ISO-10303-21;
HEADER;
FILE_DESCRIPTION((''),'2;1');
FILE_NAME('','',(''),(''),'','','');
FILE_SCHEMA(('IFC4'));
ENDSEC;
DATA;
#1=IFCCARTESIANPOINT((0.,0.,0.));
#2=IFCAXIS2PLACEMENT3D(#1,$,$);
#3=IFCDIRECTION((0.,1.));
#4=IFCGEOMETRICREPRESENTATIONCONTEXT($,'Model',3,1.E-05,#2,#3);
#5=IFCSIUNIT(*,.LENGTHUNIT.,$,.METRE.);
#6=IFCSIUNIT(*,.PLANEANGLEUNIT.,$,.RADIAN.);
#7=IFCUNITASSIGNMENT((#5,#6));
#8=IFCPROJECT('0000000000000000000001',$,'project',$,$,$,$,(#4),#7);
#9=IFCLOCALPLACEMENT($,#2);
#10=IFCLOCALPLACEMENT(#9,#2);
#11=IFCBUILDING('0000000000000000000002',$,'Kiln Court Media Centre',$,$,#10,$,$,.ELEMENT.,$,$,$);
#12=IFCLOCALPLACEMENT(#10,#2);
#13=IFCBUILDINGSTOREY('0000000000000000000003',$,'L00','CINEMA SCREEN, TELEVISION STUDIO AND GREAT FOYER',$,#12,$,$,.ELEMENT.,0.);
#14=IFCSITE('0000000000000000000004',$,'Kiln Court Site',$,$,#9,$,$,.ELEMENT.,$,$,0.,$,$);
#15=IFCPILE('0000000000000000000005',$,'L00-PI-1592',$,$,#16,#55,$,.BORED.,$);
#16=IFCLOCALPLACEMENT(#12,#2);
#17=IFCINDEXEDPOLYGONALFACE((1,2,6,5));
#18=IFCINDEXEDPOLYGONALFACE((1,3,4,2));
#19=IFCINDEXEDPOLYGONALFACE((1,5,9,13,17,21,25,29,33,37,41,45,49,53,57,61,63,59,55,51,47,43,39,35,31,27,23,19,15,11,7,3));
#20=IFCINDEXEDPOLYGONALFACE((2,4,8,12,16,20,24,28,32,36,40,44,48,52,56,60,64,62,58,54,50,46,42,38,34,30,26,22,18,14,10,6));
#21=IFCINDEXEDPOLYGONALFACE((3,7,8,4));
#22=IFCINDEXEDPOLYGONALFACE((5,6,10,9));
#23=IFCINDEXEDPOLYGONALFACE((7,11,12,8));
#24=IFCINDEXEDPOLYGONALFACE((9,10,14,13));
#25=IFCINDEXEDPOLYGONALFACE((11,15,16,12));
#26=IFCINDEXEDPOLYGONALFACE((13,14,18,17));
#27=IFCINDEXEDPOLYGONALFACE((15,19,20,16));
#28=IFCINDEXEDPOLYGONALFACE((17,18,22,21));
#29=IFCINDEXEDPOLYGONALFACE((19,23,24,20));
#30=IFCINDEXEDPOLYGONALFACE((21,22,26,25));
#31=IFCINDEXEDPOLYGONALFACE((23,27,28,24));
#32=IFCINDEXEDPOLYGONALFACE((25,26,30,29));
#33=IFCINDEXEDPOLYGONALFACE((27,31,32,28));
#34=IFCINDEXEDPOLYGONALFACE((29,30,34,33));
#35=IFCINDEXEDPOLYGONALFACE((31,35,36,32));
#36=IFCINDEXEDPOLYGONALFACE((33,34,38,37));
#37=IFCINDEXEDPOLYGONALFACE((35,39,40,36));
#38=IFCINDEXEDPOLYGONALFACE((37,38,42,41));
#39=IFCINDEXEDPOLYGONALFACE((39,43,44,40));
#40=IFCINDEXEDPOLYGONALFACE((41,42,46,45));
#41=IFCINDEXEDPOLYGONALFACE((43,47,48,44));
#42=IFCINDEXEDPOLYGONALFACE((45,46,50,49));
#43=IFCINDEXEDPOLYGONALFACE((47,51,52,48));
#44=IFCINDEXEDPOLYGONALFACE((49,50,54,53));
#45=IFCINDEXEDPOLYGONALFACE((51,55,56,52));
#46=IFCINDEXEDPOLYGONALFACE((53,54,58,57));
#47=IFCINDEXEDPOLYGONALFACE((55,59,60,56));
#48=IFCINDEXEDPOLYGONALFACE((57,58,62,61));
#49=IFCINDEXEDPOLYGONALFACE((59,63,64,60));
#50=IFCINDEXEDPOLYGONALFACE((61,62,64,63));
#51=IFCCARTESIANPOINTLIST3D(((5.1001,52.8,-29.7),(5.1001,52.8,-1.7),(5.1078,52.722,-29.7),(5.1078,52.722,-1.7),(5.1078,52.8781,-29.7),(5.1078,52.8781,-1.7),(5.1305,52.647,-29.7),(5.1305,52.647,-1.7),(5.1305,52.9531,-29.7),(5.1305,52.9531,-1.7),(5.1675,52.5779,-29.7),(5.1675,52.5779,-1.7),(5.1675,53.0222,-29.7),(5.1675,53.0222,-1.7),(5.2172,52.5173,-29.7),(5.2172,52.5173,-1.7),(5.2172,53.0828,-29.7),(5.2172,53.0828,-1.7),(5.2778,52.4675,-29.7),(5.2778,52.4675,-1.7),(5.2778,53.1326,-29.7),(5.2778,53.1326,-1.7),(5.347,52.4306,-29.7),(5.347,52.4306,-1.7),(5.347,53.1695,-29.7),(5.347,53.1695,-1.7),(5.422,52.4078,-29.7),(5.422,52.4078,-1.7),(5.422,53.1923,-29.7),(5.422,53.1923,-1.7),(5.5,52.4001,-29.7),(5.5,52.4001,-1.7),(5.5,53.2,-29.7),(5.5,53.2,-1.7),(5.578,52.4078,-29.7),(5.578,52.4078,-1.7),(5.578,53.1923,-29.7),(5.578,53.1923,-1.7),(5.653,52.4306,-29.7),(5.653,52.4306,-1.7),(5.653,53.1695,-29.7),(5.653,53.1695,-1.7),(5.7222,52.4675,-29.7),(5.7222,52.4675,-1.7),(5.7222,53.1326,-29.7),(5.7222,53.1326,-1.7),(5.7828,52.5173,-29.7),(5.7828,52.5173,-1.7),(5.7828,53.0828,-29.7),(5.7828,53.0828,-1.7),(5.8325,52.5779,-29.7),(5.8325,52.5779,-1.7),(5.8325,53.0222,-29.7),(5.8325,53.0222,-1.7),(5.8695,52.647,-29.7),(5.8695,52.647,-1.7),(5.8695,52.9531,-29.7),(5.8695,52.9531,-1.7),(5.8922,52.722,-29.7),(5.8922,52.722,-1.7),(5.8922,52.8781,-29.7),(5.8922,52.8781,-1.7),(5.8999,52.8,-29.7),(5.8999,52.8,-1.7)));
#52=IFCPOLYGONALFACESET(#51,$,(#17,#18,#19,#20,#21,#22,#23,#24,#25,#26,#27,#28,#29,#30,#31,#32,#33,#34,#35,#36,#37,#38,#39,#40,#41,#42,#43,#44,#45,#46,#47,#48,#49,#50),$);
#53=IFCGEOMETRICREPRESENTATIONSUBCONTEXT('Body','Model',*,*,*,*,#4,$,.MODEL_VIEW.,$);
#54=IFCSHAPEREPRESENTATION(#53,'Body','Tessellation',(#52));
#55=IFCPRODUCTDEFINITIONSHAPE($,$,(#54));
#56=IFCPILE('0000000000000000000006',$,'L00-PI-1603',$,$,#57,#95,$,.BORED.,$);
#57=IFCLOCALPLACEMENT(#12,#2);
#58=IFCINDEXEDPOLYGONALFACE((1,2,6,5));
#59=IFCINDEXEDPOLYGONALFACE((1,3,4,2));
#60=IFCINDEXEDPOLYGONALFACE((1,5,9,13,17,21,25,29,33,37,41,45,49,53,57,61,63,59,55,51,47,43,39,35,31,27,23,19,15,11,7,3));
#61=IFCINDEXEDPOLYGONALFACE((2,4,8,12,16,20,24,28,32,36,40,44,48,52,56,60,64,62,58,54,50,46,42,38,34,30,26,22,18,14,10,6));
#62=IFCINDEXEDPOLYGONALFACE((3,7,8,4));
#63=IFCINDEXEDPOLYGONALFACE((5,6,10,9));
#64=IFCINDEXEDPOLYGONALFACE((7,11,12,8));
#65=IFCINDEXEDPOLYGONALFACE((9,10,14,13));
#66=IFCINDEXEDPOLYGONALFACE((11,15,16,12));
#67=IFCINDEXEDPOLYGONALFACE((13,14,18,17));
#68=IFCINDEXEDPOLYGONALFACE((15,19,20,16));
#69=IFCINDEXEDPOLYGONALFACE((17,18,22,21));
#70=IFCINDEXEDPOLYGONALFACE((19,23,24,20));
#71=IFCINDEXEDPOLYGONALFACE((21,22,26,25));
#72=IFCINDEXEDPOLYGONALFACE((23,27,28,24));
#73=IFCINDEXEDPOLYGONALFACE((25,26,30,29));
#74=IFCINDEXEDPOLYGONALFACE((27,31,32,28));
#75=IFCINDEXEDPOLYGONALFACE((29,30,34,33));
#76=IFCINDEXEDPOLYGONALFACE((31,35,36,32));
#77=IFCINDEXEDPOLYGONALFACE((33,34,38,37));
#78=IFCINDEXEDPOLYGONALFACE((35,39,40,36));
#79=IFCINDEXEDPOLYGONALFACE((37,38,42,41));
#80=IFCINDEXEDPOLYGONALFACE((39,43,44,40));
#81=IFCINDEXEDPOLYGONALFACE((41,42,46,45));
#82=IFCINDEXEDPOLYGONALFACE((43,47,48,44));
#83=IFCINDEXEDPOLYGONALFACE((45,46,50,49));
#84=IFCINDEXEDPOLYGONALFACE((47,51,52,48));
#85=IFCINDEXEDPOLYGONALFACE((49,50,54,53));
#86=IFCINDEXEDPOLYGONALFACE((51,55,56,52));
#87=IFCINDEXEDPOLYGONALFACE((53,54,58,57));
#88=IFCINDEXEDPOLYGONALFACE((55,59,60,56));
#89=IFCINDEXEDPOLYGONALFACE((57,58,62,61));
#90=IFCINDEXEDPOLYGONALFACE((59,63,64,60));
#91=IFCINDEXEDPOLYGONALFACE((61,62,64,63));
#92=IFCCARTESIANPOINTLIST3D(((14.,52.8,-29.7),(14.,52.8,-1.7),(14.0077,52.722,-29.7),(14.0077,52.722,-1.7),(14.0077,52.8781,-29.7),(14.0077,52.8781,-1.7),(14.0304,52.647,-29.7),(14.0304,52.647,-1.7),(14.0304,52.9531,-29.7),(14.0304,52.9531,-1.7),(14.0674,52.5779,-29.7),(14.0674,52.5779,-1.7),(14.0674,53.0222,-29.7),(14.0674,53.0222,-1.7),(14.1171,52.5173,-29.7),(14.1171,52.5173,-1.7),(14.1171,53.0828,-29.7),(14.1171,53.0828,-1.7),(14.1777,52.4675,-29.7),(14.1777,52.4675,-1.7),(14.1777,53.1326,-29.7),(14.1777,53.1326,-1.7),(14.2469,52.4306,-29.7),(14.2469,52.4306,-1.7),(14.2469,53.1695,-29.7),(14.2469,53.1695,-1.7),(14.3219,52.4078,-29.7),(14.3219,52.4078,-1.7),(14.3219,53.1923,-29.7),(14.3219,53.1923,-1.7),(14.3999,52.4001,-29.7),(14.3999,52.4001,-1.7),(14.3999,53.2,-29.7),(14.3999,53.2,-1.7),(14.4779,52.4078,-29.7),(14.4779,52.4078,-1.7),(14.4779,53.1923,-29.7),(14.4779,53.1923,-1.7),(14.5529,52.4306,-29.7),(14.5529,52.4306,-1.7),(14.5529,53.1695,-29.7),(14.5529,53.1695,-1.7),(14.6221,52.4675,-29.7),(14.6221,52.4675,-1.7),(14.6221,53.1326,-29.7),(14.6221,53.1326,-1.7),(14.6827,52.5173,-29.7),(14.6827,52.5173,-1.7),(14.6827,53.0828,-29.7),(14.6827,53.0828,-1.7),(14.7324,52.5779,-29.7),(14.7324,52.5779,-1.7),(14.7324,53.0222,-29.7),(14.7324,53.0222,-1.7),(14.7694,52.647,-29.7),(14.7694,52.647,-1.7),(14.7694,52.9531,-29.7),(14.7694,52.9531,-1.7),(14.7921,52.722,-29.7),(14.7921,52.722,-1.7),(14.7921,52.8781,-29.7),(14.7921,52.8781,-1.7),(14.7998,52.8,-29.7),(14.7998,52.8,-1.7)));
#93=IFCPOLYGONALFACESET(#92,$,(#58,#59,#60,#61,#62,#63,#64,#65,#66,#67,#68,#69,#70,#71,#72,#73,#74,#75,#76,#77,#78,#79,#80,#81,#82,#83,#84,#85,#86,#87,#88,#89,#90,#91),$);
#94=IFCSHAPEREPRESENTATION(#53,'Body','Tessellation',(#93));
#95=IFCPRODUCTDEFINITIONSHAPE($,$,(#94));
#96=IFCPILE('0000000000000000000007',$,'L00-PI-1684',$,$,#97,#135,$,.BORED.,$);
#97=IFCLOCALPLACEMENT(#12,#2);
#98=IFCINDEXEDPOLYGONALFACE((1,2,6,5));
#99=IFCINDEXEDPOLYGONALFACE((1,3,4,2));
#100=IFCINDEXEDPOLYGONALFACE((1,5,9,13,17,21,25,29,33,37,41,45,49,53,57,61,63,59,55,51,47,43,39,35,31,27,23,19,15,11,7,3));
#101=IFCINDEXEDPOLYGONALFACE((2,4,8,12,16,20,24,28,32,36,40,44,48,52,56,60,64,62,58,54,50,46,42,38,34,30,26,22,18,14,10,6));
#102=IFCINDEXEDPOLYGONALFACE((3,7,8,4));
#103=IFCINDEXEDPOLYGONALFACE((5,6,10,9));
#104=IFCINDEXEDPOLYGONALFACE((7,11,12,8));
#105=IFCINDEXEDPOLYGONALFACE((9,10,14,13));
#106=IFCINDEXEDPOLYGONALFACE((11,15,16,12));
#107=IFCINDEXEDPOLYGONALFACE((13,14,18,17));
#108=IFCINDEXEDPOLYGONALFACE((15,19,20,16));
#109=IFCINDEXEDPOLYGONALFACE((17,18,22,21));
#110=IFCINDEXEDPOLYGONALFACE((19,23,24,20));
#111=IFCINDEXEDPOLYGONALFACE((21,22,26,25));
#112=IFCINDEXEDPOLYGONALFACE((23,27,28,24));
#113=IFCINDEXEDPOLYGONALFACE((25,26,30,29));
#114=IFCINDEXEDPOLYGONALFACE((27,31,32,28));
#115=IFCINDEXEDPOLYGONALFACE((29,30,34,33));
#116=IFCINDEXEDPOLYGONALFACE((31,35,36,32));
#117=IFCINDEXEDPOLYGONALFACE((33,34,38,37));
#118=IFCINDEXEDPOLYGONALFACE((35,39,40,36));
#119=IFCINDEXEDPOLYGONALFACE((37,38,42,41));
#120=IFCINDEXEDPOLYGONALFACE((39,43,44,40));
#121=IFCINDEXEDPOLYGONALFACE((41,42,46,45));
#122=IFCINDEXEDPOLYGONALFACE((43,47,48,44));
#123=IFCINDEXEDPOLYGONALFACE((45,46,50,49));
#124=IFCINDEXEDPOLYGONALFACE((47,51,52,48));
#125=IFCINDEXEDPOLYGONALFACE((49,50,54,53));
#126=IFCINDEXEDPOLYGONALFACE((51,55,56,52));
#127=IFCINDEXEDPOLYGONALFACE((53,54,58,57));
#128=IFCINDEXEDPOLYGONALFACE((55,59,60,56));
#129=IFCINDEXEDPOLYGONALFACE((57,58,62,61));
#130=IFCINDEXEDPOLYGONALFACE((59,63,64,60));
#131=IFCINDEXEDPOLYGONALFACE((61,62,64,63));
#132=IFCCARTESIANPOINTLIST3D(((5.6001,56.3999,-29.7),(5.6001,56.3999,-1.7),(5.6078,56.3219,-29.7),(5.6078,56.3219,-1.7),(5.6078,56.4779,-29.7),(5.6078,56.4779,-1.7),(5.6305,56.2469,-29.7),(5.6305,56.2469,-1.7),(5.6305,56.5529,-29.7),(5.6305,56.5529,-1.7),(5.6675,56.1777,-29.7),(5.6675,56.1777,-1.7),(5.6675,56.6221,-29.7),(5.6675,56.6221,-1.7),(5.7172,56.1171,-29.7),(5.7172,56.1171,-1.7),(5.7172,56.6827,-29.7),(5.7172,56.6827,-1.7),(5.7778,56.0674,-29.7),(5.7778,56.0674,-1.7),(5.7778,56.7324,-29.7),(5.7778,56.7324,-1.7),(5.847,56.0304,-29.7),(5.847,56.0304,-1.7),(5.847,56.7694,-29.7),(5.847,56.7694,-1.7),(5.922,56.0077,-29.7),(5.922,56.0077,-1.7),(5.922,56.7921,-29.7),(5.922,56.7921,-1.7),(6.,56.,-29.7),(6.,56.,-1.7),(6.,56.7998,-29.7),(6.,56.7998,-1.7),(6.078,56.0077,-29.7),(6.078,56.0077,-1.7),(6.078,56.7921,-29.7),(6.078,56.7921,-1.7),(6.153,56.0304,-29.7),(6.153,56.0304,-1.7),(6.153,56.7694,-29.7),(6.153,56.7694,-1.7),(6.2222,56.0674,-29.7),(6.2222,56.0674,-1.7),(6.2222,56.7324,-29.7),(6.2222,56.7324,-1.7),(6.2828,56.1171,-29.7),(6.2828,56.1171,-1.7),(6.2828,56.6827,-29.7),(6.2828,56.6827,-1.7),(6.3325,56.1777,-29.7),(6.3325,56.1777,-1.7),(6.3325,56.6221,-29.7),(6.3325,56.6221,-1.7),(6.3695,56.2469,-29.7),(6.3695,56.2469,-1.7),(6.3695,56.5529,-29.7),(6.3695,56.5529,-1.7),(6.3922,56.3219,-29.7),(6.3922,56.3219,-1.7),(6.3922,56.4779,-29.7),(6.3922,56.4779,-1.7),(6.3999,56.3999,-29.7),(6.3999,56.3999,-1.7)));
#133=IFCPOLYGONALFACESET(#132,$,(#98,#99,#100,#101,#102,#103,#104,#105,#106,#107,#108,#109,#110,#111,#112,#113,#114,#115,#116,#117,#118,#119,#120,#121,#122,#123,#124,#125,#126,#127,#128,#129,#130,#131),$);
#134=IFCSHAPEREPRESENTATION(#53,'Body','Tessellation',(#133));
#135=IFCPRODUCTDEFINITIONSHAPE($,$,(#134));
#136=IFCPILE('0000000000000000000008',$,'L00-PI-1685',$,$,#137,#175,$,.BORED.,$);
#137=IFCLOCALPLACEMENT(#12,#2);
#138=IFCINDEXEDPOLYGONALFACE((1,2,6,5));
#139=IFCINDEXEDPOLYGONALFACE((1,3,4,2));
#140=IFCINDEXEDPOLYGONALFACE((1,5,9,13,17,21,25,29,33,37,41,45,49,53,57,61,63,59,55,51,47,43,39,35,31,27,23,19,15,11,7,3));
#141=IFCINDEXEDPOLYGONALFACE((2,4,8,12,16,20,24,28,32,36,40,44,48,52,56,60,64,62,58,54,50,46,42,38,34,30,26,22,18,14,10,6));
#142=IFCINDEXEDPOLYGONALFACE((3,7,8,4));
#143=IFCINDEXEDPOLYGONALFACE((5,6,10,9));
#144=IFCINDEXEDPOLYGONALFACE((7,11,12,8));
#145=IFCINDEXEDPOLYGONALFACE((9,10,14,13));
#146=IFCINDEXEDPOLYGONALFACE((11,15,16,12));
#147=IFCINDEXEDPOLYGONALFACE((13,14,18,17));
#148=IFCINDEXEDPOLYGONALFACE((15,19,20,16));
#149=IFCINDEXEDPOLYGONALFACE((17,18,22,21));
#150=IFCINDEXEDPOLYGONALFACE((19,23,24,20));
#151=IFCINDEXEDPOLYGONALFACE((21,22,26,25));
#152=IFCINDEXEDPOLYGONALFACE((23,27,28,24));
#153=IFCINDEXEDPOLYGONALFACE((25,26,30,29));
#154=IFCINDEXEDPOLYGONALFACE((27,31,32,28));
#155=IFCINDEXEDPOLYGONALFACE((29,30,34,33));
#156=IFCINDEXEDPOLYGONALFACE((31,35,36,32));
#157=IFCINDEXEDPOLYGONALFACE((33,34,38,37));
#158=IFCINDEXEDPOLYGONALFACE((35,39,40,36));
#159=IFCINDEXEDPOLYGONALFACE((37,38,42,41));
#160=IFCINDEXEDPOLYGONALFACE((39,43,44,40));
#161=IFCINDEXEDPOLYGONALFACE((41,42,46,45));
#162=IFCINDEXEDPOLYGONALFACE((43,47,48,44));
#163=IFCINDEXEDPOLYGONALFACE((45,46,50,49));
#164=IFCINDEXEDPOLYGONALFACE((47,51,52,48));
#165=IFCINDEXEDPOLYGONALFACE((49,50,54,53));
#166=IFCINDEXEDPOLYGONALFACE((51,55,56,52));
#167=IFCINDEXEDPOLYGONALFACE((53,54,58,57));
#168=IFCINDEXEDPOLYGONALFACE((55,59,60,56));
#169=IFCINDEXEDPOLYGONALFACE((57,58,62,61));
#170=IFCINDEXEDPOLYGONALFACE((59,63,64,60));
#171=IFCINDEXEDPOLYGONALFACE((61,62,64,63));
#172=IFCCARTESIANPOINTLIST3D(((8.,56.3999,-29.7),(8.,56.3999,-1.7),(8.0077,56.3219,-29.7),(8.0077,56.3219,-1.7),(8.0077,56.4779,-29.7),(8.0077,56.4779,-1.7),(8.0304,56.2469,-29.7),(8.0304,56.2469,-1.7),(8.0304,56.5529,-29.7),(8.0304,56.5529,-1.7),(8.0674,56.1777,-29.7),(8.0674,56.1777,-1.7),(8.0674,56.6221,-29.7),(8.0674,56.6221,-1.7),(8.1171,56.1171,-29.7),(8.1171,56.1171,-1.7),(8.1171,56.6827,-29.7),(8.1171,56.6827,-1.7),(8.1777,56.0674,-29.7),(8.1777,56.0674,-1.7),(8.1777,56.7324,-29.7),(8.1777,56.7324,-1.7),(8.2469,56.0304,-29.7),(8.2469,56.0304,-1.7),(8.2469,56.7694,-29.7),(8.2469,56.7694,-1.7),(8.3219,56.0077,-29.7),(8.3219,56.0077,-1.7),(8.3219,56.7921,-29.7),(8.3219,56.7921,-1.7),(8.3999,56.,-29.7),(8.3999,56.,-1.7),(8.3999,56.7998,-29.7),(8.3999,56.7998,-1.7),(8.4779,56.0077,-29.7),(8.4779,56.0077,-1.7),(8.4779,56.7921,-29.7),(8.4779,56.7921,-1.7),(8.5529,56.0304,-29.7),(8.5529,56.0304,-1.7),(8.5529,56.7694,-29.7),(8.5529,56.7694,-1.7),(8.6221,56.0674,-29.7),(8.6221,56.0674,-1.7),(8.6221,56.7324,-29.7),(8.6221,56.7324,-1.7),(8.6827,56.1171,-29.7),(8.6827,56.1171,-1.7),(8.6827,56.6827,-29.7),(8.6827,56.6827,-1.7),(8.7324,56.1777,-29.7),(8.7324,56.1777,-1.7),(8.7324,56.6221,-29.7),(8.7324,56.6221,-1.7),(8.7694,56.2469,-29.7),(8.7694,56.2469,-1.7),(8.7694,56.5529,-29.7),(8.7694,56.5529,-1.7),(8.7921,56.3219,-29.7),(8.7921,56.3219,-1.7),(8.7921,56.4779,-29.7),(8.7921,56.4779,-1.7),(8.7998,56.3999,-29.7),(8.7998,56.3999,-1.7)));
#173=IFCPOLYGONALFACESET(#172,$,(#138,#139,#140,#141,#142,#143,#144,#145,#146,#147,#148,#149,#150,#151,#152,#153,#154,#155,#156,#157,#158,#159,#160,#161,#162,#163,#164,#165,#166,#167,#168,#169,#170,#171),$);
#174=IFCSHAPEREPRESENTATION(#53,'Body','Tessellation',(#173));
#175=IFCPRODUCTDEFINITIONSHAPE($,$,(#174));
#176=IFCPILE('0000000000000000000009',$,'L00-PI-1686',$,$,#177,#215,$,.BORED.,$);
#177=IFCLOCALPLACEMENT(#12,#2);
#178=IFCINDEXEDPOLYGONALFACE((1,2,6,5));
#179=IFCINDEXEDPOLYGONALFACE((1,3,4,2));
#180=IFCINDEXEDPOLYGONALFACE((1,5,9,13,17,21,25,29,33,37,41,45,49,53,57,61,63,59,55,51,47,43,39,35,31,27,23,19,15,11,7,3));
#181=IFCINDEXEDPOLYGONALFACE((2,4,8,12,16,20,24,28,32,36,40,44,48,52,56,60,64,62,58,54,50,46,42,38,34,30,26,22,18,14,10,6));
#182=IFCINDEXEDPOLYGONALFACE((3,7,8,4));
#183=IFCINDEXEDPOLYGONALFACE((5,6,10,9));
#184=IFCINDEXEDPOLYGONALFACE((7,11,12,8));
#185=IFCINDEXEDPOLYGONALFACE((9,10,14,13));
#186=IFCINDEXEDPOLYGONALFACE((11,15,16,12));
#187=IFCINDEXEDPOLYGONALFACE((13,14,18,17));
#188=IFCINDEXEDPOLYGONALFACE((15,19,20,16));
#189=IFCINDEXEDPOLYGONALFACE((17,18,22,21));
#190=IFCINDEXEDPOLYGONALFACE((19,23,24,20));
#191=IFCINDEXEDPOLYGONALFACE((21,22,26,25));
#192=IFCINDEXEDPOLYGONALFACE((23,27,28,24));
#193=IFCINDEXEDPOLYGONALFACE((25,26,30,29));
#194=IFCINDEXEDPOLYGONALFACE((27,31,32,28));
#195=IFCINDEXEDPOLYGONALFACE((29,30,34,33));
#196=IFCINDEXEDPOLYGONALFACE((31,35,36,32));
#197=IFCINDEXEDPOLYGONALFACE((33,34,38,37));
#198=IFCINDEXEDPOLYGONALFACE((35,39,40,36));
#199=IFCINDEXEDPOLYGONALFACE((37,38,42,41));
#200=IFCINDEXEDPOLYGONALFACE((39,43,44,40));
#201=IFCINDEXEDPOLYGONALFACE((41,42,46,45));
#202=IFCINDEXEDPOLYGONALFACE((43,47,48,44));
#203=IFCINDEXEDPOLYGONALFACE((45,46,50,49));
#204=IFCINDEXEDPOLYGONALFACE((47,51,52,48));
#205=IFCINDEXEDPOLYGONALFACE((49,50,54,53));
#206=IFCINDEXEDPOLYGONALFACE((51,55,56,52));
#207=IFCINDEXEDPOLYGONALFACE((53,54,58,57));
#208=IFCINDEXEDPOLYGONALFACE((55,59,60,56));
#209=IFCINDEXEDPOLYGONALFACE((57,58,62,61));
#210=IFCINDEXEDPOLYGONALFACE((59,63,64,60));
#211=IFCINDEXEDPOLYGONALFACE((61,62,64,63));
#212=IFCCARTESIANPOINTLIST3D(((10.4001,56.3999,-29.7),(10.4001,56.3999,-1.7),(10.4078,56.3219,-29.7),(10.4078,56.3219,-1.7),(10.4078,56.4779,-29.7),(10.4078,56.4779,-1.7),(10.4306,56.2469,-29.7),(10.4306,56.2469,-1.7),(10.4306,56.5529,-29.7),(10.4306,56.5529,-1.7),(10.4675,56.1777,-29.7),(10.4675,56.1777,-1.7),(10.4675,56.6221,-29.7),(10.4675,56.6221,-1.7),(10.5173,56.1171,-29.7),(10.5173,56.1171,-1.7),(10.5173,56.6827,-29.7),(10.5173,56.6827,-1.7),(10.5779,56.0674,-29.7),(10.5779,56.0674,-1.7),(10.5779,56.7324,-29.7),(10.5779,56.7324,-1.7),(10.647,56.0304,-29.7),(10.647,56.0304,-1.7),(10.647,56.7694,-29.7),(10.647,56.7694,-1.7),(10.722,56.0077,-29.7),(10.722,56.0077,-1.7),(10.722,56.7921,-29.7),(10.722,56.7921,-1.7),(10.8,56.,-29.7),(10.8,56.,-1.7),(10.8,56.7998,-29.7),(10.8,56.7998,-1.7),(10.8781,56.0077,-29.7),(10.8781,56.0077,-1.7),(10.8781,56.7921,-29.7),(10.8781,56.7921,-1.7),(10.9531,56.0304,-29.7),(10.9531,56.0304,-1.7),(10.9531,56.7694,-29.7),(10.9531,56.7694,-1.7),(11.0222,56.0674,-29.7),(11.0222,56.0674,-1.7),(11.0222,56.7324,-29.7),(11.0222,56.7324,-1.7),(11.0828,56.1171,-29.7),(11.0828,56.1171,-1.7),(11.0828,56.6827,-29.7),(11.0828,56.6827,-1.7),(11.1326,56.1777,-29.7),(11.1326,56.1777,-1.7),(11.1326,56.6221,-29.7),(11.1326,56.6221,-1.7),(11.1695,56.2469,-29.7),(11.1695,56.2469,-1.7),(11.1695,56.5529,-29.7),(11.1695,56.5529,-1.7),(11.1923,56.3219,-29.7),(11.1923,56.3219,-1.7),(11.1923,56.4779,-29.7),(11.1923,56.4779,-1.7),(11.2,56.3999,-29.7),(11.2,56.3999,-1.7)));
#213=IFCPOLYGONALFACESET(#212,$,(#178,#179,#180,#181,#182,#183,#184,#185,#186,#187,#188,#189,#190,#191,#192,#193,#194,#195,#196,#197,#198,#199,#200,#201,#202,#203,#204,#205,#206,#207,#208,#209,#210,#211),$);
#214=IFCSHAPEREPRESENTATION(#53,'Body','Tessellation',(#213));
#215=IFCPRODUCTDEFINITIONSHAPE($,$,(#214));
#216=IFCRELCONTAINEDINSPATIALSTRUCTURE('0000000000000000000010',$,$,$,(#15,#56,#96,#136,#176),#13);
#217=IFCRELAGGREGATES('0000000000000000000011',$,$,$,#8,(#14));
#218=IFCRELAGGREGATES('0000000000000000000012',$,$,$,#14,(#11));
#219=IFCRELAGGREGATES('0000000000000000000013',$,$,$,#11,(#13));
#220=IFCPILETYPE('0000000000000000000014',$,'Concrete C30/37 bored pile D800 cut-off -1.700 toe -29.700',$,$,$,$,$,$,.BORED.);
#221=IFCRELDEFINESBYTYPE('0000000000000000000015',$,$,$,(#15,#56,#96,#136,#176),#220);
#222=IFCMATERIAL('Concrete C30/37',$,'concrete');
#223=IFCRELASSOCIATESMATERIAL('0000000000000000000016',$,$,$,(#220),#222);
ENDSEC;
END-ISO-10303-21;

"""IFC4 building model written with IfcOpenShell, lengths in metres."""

from ifc_helpers import new_model, si_unit, direction, frame, origin, origin_2d, place, context, subcontext, project, spatial, circle, extrude, material, material_profile, profile_set, type_object, element, save


model = new_model("IFC4")

# Units and contexts
model_context = context("Model", 3, precision=1e-05, world=origin(), true_north=direction((0.0, 1.0)))
body_context = subcontext(model_context, "Body", "Model", "MODEL_VIEW")
ifc_project = project(units=[si_unit("LENGTHUNIT", "METRE"), si_unit("PLANEANGLEUNIT", "RADIAN")], contexts=[model_context])

# Site, building, storey
site_placement = place(None, origin())
site = spatial("IfcSite", under=ifc_project, at=site_placement, Name="Kiln Court Site", CompositionType="ELEMENT", RefElevation=0.0)
building_placement = place(site_placement, origin())
building = spatial("IfcBuilding", under=site, at=building_placement, Name="Kiln Court Media Centre", CompositionType="ELEMENT")
storey_placement = place(building_placement, origin())
storey = spatial("IfcBuildingStorey", under=building, at=storey_placement, Name="L00", Description="CINEMA SCREEN, TELEVISION STUDIO AND GREAT FOYER", CompositionType="ELEMENT", Elevation=0.0)

# Piles
ifc_material_1 = material(Name="Concrete C30/37", Category="concrete")
ifc_material_profile = material_profile(ifc_material_1, circle(Radius=0.3999, at=origin_2d()), Name="PILE D800")
ifc_profile_set = profile_set([ifc_material_profile], Name="Concrete C30/37")
pile_type = type_object("IfcPileType", Name="Concrete C30/37 bored pile D800 cut-off -1.700 toe -29.700", PredefinedType="BORED", material=ifc_profile_set)
for number, where, z_axis, x_axis, name in (
    (1, (5.5, 52.8, -1.7), (0.0, 0.0, -1.0), (1.0, 0.0, 0.0), "L00-PI-1592"),
    (2, (14.3999, 52.8, -1.7), (0.0, 0.0, -1.0), (1.0, 0.0, 0.0), "L00-PI-1603"),
    (3, (6.0, 56.3999, -1.7), (0.0, 0.0, -1.0), (1.0, 0.0, 0.0), "L00-PI-1684"),
    (4, (8.3999, 56.3999, -1.7), (0.0, 0.0, -1.0), (1.0, 0.0, 0.0), "L00-PI-1685"),
    (5, (10.8, 56.3999, -1.7), (0.0, 0.0, -1.0), (1.0, 0.0, 0.0), "L00-PI-1686"),
):
    element("IfcPile", number, at=place(storey_placement, frame(where, z_axis=z_axis, x_axis=x_axis)), inside=storey, type_object=pile_type, Name=name, PredefinedType="BORED", context=body_context, shape_type="SweptSolid", body=[
        extrude(circle(Radius=0.3999, at=origin_2d()), origin(), (0.0, 0.0, 1.0), 28.0),
    ])

save(model, "model.ifc")
